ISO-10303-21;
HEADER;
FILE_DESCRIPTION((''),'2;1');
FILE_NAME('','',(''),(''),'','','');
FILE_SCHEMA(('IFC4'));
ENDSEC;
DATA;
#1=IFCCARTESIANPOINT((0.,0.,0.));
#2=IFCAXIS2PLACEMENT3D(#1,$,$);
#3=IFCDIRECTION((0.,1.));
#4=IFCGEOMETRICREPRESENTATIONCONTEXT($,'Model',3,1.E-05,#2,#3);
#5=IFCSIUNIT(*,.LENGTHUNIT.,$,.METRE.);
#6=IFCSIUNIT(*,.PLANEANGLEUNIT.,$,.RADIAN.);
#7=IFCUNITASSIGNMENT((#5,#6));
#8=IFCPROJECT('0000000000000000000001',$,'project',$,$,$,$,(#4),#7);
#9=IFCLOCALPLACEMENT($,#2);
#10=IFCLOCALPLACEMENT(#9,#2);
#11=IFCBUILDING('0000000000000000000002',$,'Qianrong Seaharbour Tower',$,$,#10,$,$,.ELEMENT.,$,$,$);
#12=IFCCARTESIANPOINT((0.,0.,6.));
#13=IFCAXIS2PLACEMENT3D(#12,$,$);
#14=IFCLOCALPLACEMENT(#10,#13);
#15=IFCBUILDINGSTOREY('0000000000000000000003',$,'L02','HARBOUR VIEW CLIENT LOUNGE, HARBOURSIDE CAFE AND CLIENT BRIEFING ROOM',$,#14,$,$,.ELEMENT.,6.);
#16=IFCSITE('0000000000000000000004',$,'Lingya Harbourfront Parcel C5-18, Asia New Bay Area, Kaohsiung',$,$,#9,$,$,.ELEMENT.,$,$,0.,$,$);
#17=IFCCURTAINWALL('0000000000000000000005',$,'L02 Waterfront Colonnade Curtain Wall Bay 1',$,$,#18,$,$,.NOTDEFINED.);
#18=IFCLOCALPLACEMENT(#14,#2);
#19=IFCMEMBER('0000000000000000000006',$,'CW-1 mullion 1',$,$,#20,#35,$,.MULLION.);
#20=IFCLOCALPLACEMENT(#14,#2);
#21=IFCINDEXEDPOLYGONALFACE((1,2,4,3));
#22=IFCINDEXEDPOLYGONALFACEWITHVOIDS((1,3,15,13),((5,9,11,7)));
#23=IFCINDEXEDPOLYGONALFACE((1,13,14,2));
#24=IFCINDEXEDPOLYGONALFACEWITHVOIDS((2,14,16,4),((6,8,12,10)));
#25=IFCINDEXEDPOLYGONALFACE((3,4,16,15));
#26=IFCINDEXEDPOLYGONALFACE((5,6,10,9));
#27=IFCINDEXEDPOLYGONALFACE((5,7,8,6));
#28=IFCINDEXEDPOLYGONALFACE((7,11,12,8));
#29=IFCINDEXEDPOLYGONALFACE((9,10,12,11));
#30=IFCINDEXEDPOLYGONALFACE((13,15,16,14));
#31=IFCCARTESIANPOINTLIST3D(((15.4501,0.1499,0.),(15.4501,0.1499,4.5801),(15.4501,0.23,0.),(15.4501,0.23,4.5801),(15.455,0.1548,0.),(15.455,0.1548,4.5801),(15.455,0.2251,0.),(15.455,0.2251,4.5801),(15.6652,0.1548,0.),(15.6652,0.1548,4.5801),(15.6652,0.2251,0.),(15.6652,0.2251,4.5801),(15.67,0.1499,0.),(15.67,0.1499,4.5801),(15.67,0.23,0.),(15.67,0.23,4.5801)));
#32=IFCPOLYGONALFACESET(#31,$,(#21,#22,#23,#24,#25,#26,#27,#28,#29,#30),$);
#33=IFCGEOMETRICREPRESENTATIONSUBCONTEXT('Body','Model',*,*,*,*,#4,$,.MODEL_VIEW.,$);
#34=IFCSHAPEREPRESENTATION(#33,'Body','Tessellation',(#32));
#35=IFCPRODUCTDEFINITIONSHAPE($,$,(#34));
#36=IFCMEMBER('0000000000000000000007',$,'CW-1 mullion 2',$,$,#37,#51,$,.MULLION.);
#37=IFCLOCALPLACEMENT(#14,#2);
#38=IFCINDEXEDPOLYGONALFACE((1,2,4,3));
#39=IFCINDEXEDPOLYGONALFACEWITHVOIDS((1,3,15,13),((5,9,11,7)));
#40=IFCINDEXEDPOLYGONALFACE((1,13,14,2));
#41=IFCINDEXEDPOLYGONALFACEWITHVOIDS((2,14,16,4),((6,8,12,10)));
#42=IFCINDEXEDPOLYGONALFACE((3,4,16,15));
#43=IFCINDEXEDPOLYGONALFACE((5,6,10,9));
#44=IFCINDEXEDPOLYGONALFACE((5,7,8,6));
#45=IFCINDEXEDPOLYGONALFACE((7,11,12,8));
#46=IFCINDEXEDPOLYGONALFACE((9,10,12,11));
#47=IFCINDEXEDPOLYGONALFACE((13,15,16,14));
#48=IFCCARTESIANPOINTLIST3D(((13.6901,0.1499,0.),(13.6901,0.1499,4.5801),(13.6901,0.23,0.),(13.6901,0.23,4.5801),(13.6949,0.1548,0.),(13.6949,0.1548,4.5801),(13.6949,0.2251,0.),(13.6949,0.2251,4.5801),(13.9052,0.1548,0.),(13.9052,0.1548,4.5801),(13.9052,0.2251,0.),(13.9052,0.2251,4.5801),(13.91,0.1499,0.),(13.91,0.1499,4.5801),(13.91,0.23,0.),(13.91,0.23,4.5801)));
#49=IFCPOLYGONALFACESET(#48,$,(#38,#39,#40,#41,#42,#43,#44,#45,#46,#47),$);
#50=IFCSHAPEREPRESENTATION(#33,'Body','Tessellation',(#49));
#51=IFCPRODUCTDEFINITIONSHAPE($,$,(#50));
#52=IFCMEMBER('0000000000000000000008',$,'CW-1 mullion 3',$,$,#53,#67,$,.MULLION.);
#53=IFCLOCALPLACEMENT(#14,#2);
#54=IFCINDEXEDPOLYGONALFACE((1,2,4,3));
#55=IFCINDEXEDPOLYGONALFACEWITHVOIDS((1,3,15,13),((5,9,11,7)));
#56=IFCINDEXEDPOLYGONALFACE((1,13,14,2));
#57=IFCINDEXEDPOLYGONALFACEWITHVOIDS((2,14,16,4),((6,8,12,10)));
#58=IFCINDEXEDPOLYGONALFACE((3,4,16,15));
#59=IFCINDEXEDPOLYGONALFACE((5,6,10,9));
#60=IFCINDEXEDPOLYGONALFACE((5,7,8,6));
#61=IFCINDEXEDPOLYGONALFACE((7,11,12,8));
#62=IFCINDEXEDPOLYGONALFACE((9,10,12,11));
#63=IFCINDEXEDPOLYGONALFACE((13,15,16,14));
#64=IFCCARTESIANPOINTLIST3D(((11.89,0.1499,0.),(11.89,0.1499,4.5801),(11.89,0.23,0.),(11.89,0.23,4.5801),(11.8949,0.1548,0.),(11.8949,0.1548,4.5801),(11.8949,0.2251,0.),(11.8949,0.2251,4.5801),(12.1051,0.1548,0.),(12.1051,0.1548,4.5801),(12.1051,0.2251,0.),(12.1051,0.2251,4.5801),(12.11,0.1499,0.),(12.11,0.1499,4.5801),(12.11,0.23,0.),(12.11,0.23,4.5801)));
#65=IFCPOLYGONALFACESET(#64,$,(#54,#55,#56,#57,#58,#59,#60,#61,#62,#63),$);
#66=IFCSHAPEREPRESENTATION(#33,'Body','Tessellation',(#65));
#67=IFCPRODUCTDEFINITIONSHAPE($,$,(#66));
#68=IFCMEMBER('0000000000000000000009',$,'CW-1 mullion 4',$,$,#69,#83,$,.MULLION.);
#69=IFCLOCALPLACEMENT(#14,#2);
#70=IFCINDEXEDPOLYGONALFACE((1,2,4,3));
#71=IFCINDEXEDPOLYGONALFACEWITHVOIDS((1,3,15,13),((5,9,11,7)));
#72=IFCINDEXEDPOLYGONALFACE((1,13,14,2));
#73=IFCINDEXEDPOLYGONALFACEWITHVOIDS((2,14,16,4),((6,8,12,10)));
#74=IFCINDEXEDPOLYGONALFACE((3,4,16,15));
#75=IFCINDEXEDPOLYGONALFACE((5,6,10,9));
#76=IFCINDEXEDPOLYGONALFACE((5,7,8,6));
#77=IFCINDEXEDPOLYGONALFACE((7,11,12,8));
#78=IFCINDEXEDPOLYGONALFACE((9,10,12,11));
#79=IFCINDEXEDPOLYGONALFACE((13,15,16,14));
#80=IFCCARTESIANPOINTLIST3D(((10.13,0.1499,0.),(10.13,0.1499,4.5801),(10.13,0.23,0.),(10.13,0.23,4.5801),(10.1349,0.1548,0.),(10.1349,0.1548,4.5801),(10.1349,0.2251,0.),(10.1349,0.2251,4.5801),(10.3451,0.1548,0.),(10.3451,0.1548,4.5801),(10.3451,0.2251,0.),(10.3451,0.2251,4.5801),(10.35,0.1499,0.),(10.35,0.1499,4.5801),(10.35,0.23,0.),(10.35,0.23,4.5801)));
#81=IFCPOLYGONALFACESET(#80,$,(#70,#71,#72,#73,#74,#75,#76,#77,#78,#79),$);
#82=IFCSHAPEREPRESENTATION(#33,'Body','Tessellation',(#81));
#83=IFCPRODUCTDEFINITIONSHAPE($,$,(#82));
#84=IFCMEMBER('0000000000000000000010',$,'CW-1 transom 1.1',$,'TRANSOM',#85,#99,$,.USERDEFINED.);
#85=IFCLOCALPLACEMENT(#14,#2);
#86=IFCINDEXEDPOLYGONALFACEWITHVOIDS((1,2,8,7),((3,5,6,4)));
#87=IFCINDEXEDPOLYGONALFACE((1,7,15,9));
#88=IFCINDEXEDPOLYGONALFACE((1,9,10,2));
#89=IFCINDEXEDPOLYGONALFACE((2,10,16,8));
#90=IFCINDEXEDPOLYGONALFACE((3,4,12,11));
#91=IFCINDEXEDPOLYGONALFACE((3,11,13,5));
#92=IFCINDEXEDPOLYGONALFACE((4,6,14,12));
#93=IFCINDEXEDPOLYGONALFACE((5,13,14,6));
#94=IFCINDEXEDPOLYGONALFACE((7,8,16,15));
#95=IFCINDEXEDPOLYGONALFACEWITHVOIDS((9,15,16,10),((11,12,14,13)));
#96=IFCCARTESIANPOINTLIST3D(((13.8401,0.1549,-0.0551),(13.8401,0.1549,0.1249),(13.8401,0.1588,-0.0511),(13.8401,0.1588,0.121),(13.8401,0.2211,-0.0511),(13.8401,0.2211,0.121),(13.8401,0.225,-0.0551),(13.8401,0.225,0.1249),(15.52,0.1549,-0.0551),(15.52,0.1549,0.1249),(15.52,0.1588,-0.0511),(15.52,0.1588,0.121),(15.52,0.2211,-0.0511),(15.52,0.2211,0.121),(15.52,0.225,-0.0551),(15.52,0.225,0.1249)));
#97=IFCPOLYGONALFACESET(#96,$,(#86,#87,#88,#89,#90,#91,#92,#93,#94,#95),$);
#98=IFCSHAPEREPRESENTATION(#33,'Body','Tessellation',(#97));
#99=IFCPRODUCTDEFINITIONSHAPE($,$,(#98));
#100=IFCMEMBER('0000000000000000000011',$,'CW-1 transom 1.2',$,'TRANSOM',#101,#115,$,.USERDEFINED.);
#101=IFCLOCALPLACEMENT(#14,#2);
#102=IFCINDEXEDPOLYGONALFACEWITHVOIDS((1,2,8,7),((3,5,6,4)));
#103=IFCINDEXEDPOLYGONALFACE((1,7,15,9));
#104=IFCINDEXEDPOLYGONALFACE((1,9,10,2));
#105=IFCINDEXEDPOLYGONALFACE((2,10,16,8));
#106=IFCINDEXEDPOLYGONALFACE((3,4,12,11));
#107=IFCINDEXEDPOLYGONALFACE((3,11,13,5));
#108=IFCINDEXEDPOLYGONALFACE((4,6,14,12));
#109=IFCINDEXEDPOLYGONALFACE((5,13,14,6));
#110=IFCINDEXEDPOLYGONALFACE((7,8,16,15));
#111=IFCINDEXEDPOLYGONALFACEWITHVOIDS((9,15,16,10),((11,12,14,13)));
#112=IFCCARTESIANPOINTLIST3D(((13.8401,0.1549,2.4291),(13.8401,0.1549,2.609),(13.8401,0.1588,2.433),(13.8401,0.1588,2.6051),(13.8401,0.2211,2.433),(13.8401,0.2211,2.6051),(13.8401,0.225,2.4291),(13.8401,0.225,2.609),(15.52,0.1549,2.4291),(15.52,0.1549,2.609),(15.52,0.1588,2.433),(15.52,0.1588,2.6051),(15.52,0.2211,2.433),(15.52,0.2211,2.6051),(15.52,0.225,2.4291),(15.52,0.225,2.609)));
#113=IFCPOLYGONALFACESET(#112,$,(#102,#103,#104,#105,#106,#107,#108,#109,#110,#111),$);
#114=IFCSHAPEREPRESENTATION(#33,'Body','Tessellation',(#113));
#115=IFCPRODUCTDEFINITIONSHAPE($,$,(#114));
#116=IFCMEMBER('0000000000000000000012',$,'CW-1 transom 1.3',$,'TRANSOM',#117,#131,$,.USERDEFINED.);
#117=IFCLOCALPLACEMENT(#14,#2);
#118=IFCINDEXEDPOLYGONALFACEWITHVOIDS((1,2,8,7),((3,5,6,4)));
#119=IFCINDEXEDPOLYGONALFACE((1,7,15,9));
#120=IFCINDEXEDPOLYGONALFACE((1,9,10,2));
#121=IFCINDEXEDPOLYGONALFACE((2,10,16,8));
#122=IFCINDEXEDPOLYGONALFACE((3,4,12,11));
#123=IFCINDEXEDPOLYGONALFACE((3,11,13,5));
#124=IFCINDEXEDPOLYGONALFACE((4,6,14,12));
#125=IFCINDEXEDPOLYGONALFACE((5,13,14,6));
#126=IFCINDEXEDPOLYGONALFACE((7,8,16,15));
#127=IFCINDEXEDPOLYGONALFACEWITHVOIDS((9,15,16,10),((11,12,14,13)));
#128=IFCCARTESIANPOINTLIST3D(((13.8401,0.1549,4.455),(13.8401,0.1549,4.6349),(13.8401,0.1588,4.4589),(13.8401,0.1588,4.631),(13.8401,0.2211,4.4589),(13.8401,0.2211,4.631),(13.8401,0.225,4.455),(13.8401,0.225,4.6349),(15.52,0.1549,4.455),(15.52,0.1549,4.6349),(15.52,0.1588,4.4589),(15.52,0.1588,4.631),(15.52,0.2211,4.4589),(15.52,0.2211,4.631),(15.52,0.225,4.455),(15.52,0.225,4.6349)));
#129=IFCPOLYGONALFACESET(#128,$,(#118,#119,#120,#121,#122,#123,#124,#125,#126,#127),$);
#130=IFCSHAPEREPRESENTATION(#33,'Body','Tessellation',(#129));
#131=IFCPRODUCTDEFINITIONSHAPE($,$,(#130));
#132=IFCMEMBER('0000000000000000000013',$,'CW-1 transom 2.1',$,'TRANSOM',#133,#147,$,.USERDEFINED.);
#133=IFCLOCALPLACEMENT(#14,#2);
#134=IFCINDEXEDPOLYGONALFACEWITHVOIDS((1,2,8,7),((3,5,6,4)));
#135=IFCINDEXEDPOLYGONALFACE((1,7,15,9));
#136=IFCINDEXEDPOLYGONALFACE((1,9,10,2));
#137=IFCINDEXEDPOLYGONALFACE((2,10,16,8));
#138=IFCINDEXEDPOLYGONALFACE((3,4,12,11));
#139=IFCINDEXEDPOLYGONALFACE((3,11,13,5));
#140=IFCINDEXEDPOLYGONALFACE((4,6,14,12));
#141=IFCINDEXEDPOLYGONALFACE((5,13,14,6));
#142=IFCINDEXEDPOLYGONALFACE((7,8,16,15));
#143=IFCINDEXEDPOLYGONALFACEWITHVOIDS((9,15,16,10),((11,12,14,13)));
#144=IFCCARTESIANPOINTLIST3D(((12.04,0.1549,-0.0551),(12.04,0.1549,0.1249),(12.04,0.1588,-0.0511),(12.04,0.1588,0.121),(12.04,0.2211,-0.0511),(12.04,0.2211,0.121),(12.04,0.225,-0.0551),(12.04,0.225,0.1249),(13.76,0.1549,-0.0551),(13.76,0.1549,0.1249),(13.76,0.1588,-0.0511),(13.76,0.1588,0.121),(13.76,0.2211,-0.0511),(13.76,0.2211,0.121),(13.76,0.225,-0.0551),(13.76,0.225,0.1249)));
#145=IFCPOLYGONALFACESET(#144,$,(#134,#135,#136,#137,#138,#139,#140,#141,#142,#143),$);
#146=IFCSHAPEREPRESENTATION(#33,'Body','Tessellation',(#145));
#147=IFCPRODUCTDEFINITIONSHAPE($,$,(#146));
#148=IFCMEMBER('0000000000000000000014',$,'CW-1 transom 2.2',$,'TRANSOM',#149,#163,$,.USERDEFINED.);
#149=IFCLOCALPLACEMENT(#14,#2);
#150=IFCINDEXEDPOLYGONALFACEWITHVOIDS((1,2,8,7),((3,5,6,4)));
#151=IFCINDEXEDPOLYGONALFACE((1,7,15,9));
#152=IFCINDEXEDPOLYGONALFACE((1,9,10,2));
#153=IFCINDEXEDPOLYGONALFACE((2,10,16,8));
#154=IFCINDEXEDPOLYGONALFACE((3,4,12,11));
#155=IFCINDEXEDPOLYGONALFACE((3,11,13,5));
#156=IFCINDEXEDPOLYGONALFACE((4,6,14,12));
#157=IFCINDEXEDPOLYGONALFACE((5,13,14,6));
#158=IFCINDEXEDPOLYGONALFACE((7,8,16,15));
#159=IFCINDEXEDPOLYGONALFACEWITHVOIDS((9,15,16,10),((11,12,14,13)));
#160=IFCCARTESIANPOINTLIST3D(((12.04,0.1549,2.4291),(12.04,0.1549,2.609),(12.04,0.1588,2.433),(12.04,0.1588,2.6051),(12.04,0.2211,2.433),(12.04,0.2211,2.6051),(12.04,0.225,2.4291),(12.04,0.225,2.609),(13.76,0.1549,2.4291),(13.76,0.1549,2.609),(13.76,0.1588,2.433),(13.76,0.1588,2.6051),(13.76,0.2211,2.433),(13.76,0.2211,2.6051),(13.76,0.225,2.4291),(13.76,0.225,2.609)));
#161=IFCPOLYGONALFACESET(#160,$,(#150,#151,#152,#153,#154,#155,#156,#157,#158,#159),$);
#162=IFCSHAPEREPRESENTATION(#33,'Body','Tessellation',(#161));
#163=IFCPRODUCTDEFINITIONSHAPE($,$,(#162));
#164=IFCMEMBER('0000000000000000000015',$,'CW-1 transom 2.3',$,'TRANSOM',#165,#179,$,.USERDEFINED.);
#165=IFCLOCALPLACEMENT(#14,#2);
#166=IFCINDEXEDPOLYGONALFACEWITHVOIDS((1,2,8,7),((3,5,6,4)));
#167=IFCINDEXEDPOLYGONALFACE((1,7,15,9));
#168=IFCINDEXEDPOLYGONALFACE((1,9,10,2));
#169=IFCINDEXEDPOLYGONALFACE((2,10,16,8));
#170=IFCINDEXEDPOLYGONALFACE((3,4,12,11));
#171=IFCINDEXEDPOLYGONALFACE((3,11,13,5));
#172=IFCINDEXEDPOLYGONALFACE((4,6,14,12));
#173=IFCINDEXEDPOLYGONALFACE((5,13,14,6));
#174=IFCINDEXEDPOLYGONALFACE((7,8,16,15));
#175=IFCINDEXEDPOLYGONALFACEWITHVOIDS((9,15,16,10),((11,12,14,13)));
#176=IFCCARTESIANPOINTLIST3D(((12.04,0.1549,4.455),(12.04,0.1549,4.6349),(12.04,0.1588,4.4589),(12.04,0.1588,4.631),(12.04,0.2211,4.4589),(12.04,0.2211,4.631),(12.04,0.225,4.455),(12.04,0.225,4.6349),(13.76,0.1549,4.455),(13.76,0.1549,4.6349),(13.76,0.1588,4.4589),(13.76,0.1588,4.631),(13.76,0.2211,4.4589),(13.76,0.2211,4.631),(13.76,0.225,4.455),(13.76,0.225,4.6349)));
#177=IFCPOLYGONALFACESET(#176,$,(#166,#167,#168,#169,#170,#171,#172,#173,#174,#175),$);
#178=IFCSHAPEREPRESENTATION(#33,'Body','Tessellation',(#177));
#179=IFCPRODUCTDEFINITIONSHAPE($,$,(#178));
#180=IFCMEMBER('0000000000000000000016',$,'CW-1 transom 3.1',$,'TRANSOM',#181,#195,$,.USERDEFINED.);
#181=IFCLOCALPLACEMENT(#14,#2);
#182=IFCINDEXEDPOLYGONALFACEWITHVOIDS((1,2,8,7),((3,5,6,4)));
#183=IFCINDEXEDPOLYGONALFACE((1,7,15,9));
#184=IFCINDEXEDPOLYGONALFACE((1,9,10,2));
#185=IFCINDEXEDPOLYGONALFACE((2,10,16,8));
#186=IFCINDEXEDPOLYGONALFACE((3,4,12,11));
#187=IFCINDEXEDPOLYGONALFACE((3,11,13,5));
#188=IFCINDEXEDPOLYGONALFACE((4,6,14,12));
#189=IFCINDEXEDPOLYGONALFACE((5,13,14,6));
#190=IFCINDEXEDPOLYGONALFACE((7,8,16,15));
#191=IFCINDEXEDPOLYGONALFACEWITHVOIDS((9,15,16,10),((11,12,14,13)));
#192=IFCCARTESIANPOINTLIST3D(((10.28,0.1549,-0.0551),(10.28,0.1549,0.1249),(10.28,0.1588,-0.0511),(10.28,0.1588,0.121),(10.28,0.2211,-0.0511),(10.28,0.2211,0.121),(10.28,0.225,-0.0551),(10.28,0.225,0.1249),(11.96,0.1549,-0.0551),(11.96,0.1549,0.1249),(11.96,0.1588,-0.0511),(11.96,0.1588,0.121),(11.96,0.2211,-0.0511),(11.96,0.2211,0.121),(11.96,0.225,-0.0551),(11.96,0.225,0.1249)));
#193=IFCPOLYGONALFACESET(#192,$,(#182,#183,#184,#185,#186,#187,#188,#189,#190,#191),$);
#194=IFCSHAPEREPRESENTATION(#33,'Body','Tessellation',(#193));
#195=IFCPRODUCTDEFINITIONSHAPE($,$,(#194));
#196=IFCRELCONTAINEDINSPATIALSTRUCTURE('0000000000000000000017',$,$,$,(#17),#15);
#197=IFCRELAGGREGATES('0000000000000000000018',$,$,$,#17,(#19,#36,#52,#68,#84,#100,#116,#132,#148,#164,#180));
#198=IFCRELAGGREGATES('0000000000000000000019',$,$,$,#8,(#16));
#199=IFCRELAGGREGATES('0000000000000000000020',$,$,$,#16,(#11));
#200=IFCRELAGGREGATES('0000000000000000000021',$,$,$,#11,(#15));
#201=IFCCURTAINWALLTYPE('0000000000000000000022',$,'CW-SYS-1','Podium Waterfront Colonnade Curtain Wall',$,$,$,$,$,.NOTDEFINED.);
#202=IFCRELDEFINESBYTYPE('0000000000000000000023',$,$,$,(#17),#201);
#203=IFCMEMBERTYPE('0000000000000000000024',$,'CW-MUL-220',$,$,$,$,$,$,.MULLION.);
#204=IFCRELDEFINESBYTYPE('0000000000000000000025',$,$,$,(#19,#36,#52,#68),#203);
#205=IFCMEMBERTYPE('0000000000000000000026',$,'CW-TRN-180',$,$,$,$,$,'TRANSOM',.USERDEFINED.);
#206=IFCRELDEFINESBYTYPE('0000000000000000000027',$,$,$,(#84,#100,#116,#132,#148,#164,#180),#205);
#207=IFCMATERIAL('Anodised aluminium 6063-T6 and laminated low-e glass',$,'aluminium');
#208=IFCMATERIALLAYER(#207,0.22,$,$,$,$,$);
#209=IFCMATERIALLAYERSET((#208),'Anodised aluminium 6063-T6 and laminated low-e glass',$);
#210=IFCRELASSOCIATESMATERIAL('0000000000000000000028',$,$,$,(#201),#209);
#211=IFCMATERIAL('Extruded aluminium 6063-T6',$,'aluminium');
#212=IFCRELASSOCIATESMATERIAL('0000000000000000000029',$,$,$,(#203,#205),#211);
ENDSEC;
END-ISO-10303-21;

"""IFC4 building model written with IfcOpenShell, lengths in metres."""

from ifc_helpers import new_model, si_unit, direction, frame, origin, origin_2d, place, context, subcontext, project, spatial, hollow_rectangle, extrude, material, layer, layer_set, material_profile, profile_set, type_object, element, aggregate, save


model = new_model("IFC4")

# Units and contexts
model_context = context("Model", 3, precision=1e-05, world=origin(), true_north=direction((0.0, 1.0)))
body_context = subcontext(model_context, "Body", "Model", "MODEL_VIEW")
ifc_project = project(units=[si_unit("LENGTHUNIT", "METRE"), si_unit("PLANEANGLEUNIT", "RADIAN")], contexts=[model_context])

# Site, building, storey
site_placement = place(None, origin())
site = spatial("IfcSite", under=ifc_project, at=site_placement, Name="Lingya Harbourfront Parcel C5-18, Asia New Bay Area, Kaohsiung", CompositionType="ELEMENT", RefElevation=0.0)
building_placement = place(site_placement, origin())
building = spatial("IfcBuilding", under=site, at=building_placement, Name="Qianrong Seaharbour Tower", CompositionType="ELEMENT")
storey_placement = place(building_placement, frame((0.0, 0.0, 6.0)))
storey = spatial("IfcBuildingStorey", under=building, at=storey_placement, Name="L02", Description="HARBOUR VIEW CLIENT LOUNGE, HARBOURSIDE CAFE AND CLIENT BRIEFING ROOM", CompositionType="ELEMENT", Elevation=6.0)

# Curtain wall, members
ifc_material_1 = material(Name="Anodised aluminium 6063-T6 and laminated low-e glass", Category="aluminium")
ifc_layer_1 = layer(ifc_material_1, 0.22)
ifc_layer_set_1 = layer_set([ifc_layer_1], Name="Anodised aluminium 6063-T6 and laminated low-e glass")
curtain_wall_type = type_object("IfcCurtainWallType", Name="CW-SYS-1", Description="Podium Waterfront Colonnade Curtain Wall", PredefinedType="NOTDEFINED", material=ifc_layer_set_1)
curtain_wall_placement = place(storey_placement, origin())
curtain_wall = element("IfcCurtainWall", 1, at=curtain_wall_placement, inside=storey, type_object=curtain_wall_type, Name="L02 Waterfront Colonnade Curtain Wall Bay 1", PredefinedType="NOTDEFINED")
ifc_material_2 = material(Name="Extruded aluminium 6063-T6", Category="aluminium")
ifc_material_profile_1 = material_profile(ifc_material_2, hollow_rectangle(XDim=0.0801, YDim=0.22, WallThickness=0.0049, at=origin_2d()), Name="ALU-MUL-220x80x5")
ifc_profile_set_1 = profile_set([ifc_material_profile_1], Name="Extruded aluminium 6063-T6")
member_type_1 = type_object("IfcMemberType", Name="CW-MUL-220", PredefinedType="MULLION", material=ifc_profile_set_1)
member_1_placement = place(storey_placement, frame((15.5601, 0.1899, 0.0), z_axis=(0.0, 0.0, 1.0), x_axis=(0.0, -1.0, 0.0)))
member_1 = element("IfcMember", 2, at=member_1_placement, type_object=member_type_1, Name="CW-1 mullion 1", PredefinedType="MULLION", context=body_context, shape_type="SweptSolid", body=[
    extrude(hollow_rectangle(XDim=0.0801, YDim=0.22, WallThickness=0.0049, at=origin_2d()), origin(), (0.0, 0.0, 1.0), 4.5801),
])
member_2_placement = place(storey_placement, frame((13.8, 0.1899, 0.0), z_axis=(0.0, 0.0, 1.0), x_axis=(0.0, -1.0, 0.0)))
member_2 = element("IfcMember", 3, at=member_2_placement, type_object=member_type_1, Name="CW-1 mullion 2", PredefinedType="MULLION", context=body_context, shape_type="SweptSolid", body=[
    extrude(hollow_rectangle(XDim=0.0801, YDim=0.22, WallThickness=0.0049, at=origin_2d()), origin(), (0.0, 0.0, 1.0), 4.5801),
])
member_3_placement = place(storey_placement, frame((12.0, 0.1899, 0.0), z_axis=(0.0, 0.0, 1.0), x_axis=(0.0, -1.0, 0.0)))
member_3 = element("IfcMember", 4, at=member_3_placement, type_object=member_type_1, Name="CW-1 mullion 3", PredefinedType="MULLION", context=body_context, shape_type="SweptSolid", body=[
    extrude(hollow_rectangle(XDim=0.0801, YDim=0.22, WallThickness=0.0049, at=origin_2d()), origin(), (0.0, 0.0, 1.0), 4.5801),
])
member_4_placement = place(storey_placement, frame((10.24, 0.1899, 0.0), z_axis=(0.0, 0.0, 1.0), x_axis=(0.0, -1.0, 0.0)))
member_4 = element("IfcMember", 5, at=member_4_placement, type_object=member_type_1, Name="CW-1 mullion 4", PredefinedType="MULLION", context=body_context, shape_type="SweptSolid", body=[
    extrude(hollow_rectangle(XDim=0.0801, YDim=0.22, WallThickness=0.0049, at=origin_2d()), origin(), (0.0, 0.0, 1.0), 4.5801),
])
ifc_material_profile_2 = material_profile(ifc_material_2, hollow_rectangle(XDim=0.0701, YDim=0.1799, WallThickness=0.0039, at=origin_2d()), Name="ALU-TRN-180x70x4")
ifc_profile_set_2 = profile_set([ifc_material_profile_2], Name="Extruded aluminium 6063-T6")
member_type_2 = type_object("IfcMemberType", Name="CW-TRN-180", ElementType="TRANSOM", PredefinedType="USERDEFINED", material=ifc_profile_set_2)
member_5_placement = place(storey_placement, frame((15.52, 0.1899, 0.0349), z_axis=(-1.0, 0.0, 0.0), x_axis=(0.0, -1.0, 0.0)))
member_5 = element("IfcMember", 6, at=member_5_placement, type_object=member_type_2, Name="CW-1 transom 1.1", ObjectType="TRANSOM", PredefinedType="USERDEFINED", context=body_context, shape_type="SweptSolid", body=[
    extrude(hollow_rectangle(XDim=0.0701, YDim=0.1799, WallThickness=0.0039, at=origin_2d()), origin(), (0.0, 0.0, 1.0), 1.6799),
])
member_6_placement = place(storey_placement, frame((15.52, 0.1899, 2.519), z_axis=(-1.0, 0.0, 0.0), x_axis=(0.0, -1.0, 0.0)))
member_6 = element("IfcMember", 7, at=member_6_placement, type_object=member_type_2, Name="CW-1 transom 1.2", ObjectType="TRANSOM", PredefinedType="USERDEFINED", context=body_context, shape_type="SweptSolid", body=[
    extrude(hollow_rectangle(XDim=0.0701, YDim=0.1799, WallThickness=0.0039, at=origin_2d()), origin(), (0.0, 0.0, 1.0), 1.6799),
])
member_7_placement = place(storey_placement, frame((15.52, 0.1899, 4.5449), z_axis=(-1.0, 0.0, 0.0), x_axis=(0.0, -1.0, 0.0)))
member_7 = element("IfcMember", 8, at=member_7_placement, type_object=member_type_2, Name="CW-1 transom 1.3", ObjectType="TRANSOM", PredefinedType="USERDEFINED", context=body_context, shape_type="SweptSolid", body=[
    extrude(hollow_rectangle(XDim=0.0701, YDim=0.1799, WallThickness=0.0039, at=origin_2d()), origin(), (0.0, 0.0, 1.0), 1.6799),
])
member_8_placement = place(storey_placement, frame((13.76, 0.1899, 0.0349), z_axis=(-1.0, 0.0, 0.0), x_axis=(0.0, -1.0, 0.0)))
member_8 = element("IfcMember", 9, at=member_8_placement, type_object=member_type_2, Name="CW-1 transom 2.1", ObjectType="TRANSOM", PredefinedType="USERDEFINED", context=body_context, shape_type="SweptSolid", body=[
    extrude(hollow_rectangle(XDim=0.0701, YDim=0.1799, WallThickness=0.0039, at=origin_2d()), origin(), (0.0, 0.0, 1.0), 1.72),
])
member_9_placement = place(storey_placement, frame((13.76, 0.1899, 2.519), z_axis=(-1.0, 0.0, 0.0), x_axis=(0.0, -1.0, 0.0)))
member_9 = element("IfcMember", 10, at=member_9_placement, type_object=member_type_2, Name="CW-1 transom 2.2", ObjectType="TRANSOM", PredefinedType="USERDEFINED", context=body_context, shape_type="SweptSolid", body=[
    extrude(hollow_rectangle(XDim=0.0701, YDim=0.1799, WallThickness=0.0039, at=origin_2d()), origin(), (0.0, 0.0, 1.0), 1.72),
])
member_10_placement = place(storey_placement, frame((13.76, 0.1899, 4.5449), z_axis=(-1.0, 0.0, 0.0), x_axis=(0.0, -1.0, 0.0)))
member_10 = element("IfcMember", 11, at=member_10_placement, type_object=member_type_2, Name="CW-1 transom 2.3", ObjectType="TRANSOM", PredefinedType="USERDEFINED", context=body_context, shape_type="SweptSolid", body=[
    extrude(hollow_rectangle(XDim=0.0701, YDim=0.1799, WallThickness=0.0039, at=origin_2d()), origin(), (0.0, 0.0, 1.0), 1.72),
])
member_11_placement = place(storey_placement, frame((11.96, 0.1899, 0.0349), z_axis=(-1.0, 0.0, 0.0), x_axis=(0.0, -1.0, 0.0)))
member_11 = element("IfcMember", 12, at=member_11_placement, type_object=member_type_2, Name="CW-1 transom 3.1", ObjectType="TRANSOM", PredefinedType="USERDEFINED", context=body_context, shape_type="SweptSolid", body=[
    extrude(hollow_rectangle(XDim=0.0701, YDim=0.1799, WallThickness=0.0039, at=origin_2d()), origin(), (0.0, 0.0, 1.0), 1.6799),
])
aggregate(curtain_wall, [member_1, member_2, member_3, member_4, member_5, member_6, member_7, member_8, member_9, member_10, member_11])

save(model, "model.ifc")
